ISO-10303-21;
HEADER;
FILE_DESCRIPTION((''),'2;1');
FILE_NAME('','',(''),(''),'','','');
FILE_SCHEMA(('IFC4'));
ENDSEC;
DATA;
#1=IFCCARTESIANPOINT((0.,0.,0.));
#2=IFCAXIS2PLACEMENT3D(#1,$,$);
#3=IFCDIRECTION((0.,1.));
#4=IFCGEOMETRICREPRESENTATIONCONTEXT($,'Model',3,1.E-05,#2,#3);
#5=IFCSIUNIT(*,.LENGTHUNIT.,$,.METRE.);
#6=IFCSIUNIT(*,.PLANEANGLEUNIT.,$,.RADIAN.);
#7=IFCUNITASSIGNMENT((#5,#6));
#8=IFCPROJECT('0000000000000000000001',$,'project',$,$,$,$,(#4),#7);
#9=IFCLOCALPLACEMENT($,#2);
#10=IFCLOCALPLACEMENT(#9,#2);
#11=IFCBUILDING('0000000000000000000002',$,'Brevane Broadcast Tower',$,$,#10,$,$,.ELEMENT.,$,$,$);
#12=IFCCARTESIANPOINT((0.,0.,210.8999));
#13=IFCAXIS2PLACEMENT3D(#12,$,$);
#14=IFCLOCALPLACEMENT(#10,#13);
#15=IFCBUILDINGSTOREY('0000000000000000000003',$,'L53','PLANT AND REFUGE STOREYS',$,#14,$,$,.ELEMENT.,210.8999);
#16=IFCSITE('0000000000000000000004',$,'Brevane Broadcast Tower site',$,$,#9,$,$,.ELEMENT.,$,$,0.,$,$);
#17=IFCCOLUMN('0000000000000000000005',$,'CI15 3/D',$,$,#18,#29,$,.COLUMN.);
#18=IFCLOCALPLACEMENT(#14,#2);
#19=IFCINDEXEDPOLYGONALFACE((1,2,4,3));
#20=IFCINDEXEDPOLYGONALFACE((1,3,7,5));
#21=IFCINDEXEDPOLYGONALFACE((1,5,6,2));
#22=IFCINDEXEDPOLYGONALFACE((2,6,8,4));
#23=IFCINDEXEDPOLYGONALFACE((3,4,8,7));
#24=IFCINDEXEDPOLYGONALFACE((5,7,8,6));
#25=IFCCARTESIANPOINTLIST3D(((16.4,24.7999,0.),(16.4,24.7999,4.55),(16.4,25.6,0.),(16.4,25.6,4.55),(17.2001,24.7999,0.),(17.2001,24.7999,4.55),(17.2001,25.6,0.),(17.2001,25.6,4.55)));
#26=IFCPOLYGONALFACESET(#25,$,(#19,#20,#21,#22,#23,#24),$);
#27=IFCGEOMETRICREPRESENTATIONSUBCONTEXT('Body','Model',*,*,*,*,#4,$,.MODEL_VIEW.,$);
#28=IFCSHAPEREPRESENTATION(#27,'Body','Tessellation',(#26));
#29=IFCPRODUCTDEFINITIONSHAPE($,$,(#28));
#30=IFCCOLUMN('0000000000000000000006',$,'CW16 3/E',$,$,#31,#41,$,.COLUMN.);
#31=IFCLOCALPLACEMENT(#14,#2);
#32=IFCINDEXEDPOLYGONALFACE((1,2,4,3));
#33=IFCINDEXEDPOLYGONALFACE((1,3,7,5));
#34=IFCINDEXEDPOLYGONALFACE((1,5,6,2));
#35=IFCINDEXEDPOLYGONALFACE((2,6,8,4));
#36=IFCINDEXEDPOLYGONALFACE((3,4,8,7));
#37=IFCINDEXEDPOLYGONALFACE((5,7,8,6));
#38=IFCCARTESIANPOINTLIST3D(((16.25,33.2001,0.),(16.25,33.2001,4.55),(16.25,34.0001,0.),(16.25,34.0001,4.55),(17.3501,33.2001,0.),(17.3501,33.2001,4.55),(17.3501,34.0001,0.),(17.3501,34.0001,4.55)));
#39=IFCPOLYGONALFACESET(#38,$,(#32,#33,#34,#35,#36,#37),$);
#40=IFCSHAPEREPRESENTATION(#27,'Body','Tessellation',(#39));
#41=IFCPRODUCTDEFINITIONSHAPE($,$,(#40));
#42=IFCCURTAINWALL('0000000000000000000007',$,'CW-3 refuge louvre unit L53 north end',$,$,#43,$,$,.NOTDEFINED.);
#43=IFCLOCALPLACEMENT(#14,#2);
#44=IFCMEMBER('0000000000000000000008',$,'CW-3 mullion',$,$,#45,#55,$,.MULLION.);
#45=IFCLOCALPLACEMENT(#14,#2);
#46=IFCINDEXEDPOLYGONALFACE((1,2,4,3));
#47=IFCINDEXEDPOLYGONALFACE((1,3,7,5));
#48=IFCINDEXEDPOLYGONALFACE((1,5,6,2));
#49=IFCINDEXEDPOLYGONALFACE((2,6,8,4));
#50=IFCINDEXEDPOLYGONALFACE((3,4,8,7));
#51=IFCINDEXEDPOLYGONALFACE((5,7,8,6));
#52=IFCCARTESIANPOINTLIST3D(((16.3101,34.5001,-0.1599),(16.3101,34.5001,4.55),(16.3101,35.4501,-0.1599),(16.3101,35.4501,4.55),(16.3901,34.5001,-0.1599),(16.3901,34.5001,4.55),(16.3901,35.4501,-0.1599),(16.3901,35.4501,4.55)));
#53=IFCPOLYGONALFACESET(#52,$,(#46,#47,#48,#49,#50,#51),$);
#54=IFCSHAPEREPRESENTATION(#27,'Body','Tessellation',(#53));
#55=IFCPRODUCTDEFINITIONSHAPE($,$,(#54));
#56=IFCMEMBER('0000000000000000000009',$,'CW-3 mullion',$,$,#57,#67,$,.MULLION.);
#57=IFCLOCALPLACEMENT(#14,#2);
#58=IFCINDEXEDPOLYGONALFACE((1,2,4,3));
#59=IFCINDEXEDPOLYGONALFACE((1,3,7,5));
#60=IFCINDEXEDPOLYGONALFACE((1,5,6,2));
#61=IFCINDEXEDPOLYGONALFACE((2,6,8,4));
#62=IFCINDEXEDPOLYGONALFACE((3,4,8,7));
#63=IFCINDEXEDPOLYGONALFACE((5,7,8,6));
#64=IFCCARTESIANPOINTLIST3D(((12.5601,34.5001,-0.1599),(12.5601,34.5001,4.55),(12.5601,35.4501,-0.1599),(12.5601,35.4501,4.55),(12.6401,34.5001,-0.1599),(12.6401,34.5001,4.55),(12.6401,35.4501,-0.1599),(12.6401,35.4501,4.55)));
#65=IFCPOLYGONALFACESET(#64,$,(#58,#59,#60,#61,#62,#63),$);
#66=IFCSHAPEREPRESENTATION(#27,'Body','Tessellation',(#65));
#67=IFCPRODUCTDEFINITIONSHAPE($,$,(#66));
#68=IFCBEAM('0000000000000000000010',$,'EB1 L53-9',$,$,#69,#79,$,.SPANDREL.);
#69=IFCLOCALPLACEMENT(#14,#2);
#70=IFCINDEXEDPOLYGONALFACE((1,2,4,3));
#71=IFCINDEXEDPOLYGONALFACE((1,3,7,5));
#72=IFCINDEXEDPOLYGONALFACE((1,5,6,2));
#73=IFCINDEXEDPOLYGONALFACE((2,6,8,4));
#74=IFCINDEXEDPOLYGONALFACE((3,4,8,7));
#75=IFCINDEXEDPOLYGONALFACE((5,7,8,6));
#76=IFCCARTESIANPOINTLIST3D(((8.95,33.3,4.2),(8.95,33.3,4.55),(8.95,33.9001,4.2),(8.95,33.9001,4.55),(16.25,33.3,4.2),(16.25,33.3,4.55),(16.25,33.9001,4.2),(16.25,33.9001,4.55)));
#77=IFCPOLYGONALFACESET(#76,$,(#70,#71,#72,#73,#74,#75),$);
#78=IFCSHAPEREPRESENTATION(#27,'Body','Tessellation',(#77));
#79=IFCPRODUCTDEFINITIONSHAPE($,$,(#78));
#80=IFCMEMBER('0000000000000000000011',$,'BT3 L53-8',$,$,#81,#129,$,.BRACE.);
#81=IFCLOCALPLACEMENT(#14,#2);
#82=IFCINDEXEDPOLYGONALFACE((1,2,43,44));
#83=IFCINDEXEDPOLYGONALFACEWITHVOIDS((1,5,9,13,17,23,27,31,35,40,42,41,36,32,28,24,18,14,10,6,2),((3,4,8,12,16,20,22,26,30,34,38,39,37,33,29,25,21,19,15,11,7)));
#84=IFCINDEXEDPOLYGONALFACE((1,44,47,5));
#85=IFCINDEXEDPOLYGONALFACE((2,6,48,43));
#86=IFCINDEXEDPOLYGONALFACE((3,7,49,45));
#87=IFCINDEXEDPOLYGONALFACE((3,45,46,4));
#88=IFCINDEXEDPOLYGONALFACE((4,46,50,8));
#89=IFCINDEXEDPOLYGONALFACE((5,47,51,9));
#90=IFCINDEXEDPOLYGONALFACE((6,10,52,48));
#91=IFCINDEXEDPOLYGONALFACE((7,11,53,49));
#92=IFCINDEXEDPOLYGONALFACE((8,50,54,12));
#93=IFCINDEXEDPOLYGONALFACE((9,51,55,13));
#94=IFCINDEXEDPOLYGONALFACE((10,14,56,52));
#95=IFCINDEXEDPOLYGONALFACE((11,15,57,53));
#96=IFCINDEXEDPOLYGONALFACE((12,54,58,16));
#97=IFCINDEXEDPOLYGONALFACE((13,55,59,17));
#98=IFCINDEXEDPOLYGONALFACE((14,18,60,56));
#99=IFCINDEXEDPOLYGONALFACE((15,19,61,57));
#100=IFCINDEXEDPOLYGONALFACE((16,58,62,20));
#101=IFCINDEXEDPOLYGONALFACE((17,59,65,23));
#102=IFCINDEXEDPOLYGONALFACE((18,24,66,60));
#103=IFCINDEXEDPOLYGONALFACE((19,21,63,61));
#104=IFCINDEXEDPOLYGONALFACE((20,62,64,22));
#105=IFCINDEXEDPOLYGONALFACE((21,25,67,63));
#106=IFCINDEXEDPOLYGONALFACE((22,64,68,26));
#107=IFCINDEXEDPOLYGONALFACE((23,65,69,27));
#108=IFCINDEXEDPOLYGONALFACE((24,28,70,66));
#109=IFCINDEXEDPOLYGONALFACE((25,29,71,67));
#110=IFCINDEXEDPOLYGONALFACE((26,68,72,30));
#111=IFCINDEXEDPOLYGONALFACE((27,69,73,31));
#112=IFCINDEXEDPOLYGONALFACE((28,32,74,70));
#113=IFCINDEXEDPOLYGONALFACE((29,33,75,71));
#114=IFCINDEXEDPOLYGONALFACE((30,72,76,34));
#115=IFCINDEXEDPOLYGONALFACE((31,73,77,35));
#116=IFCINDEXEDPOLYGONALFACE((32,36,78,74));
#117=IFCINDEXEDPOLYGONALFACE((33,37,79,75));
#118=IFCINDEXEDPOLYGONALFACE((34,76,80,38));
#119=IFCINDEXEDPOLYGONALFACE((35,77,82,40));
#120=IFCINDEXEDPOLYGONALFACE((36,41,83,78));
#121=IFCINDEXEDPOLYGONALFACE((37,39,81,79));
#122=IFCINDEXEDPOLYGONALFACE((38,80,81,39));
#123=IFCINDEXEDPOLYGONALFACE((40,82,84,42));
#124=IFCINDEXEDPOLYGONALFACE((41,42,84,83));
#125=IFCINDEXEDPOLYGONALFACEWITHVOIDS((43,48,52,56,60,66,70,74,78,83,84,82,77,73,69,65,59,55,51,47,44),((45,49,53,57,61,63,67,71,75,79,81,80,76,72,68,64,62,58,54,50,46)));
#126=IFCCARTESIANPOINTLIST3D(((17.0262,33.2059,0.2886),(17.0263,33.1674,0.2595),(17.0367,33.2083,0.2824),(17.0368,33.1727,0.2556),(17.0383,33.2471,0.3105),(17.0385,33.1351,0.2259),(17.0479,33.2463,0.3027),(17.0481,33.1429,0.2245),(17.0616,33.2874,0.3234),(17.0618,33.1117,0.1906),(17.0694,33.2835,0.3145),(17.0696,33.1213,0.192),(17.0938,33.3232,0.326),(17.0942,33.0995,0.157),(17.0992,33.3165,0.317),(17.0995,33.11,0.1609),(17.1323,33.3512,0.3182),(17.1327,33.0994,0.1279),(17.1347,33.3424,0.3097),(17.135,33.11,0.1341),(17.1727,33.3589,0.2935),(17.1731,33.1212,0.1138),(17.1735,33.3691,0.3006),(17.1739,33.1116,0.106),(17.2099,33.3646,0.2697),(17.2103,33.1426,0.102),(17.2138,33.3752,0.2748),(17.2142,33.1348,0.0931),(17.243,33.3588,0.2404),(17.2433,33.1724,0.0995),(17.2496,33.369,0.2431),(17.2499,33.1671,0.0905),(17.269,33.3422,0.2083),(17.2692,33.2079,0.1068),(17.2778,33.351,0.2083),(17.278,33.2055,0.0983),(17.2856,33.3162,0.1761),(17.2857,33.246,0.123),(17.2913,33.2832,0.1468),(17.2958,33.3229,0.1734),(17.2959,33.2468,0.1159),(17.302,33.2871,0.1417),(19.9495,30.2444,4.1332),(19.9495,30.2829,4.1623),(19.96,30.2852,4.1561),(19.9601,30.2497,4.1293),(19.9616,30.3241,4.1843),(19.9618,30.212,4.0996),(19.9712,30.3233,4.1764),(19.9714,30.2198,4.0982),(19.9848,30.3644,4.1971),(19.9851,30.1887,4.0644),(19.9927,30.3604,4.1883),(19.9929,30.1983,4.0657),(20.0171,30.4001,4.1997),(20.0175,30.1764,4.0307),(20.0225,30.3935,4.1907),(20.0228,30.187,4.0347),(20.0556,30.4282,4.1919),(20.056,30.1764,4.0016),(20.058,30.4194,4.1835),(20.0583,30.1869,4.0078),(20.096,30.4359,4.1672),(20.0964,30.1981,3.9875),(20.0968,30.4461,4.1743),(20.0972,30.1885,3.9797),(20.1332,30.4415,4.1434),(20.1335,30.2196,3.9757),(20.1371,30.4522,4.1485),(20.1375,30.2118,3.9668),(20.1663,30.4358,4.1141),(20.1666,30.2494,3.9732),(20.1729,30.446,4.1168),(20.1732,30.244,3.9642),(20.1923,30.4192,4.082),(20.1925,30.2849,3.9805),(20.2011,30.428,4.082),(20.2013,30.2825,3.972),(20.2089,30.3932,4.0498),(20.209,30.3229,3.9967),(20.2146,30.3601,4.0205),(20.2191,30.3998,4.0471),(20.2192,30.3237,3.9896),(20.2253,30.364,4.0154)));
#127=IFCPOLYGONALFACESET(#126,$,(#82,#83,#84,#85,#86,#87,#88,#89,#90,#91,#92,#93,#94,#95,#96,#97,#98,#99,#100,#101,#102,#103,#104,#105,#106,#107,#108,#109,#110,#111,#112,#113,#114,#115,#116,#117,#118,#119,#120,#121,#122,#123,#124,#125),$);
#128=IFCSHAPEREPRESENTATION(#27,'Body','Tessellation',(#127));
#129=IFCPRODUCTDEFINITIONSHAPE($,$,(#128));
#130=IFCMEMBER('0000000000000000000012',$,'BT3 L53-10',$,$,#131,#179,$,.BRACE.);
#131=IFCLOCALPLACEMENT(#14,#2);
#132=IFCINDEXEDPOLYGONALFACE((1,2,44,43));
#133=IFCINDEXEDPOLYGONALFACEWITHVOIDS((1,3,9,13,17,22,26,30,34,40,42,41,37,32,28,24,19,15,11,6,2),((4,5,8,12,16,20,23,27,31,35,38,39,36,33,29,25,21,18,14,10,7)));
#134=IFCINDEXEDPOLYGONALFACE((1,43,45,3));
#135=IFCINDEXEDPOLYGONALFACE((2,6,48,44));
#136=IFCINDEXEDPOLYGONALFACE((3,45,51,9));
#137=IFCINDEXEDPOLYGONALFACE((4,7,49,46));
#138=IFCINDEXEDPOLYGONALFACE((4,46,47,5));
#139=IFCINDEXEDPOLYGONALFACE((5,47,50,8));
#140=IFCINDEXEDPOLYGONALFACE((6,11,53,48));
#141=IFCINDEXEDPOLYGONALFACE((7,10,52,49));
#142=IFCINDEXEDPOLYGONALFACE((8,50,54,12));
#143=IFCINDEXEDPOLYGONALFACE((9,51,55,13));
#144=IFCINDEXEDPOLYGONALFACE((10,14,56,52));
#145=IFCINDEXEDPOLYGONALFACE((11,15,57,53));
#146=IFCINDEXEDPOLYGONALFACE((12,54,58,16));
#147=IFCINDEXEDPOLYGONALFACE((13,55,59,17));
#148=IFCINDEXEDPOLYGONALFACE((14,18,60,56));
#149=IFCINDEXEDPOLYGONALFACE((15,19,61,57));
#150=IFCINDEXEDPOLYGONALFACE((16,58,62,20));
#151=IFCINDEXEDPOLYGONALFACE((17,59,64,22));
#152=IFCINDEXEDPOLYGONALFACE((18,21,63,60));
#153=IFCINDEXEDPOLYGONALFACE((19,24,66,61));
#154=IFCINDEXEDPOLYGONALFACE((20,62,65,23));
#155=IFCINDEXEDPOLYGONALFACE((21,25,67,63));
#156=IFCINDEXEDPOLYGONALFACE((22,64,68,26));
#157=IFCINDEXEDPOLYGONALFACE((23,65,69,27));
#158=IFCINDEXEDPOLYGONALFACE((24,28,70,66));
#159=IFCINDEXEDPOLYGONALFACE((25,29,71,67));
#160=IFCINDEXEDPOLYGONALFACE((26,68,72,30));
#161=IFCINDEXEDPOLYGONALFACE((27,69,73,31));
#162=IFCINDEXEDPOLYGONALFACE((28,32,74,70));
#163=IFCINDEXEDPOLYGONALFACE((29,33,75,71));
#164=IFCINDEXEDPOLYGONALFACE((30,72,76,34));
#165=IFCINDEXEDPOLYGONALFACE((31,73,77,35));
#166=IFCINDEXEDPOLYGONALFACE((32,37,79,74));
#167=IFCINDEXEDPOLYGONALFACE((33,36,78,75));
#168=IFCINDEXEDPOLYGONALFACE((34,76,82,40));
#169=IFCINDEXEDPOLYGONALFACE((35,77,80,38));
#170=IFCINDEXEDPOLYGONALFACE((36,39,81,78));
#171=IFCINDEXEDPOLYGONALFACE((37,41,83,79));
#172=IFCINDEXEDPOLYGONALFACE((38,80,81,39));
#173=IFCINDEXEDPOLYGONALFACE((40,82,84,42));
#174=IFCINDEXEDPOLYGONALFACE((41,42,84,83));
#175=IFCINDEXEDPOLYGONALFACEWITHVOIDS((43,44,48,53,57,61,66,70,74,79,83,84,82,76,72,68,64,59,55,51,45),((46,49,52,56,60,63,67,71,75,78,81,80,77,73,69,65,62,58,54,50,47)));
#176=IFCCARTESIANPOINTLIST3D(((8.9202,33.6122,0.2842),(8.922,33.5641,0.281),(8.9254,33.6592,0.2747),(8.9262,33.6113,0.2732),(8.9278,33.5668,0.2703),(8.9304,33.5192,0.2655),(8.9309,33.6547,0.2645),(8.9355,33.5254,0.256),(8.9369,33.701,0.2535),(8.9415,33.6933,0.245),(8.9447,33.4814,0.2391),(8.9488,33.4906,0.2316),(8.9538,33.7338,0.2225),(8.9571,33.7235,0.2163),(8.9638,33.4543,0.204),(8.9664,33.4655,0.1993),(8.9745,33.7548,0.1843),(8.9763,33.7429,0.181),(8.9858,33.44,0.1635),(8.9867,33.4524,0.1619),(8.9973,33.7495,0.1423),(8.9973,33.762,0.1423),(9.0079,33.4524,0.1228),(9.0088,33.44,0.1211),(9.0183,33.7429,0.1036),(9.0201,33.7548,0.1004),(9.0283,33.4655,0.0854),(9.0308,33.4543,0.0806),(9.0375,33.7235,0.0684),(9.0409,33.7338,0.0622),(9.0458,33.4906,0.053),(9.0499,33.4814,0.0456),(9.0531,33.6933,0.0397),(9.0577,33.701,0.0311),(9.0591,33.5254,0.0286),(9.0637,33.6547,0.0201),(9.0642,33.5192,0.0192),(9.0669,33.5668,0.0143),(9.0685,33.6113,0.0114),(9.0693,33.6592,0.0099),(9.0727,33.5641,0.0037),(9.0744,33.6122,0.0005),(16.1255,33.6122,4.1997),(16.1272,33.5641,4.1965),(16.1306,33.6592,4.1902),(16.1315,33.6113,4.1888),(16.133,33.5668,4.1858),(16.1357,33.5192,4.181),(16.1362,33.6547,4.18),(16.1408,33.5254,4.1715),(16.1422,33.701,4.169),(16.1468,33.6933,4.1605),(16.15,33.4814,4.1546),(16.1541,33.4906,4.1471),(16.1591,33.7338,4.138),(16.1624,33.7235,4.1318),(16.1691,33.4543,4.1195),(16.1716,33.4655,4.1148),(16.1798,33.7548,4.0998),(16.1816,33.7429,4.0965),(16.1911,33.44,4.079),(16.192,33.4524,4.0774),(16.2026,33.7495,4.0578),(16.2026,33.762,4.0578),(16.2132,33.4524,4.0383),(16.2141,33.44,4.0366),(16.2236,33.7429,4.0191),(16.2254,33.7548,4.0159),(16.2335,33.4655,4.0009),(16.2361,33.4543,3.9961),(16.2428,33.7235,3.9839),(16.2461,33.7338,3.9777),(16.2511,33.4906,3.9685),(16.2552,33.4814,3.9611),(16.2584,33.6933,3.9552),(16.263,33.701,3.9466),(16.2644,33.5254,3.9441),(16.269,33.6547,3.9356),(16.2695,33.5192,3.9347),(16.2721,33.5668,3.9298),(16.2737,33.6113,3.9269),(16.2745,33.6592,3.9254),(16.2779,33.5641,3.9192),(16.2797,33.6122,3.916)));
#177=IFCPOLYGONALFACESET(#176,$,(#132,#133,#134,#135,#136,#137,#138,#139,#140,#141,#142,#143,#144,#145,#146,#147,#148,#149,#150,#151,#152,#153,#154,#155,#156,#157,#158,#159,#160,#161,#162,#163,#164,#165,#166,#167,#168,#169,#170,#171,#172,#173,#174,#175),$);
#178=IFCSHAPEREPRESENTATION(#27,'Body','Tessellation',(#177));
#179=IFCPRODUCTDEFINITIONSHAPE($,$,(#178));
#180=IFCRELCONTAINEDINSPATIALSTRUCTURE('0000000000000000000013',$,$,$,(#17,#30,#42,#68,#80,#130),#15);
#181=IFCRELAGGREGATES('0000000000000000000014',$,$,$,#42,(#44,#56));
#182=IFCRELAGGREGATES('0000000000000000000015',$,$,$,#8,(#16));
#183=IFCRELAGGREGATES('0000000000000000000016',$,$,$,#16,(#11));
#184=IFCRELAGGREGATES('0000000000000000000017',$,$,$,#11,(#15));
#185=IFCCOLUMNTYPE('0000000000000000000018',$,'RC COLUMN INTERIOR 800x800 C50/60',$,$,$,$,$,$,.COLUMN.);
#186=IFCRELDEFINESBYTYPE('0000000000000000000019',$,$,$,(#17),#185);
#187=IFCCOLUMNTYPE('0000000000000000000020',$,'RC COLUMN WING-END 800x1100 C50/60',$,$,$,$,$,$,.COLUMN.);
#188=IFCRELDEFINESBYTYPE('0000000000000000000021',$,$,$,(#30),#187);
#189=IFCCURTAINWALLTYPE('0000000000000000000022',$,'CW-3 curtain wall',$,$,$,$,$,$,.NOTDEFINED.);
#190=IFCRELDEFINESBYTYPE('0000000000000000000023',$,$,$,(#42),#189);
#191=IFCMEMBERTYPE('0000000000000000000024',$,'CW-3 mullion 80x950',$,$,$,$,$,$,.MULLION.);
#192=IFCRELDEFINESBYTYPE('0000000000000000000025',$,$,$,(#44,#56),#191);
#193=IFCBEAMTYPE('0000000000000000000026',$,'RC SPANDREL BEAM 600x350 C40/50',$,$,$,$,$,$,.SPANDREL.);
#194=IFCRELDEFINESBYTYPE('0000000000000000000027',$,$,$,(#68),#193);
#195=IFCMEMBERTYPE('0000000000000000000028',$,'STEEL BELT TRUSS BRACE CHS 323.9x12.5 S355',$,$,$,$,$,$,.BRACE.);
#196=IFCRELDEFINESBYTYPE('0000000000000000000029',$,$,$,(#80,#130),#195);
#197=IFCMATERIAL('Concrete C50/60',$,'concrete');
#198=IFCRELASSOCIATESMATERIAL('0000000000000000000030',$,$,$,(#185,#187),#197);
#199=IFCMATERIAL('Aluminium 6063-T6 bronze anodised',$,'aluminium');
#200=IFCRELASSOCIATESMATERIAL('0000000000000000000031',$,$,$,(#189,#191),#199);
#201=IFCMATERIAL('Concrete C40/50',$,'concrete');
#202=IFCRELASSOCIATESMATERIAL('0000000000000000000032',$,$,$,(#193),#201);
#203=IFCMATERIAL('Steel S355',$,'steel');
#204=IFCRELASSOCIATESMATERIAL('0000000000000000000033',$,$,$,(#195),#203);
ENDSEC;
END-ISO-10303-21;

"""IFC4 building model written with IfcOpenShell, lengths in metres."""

from ifc_helpers import new_model, si_unit, direction, frame, origin, origin_2d, place, context, subcontext, project, spatial, rectangle, hollow_circle, extrude, material, material_profile, profile_set, type_object, element, aggregate, save


model = new_model("IFC4")

# Units and contexts
model_context = context("Model", 3, precision=1e-05, world=origin(), true_north=direction((0.0, 1.0)))
body_context = subcontext(model_context, "Body", "Model", "MODEL_VIEW")
ifc_project = project(units=[si_unit("LENGTHUNIT", "METRE"), si_unit("PLANEANGLEUNIT", "RADIAN")], contexts=[model_context])

# Site, building, storey
site_placement = place(None, origin())
site = spatial("IfcSite", under=ifc_project, at=site_placement, Name="Brevane Broadcast Tower site", CompositionType="ELEMENT", RefElevation=0.0)
building_placement = place(site_placement, origin())
building = spatial("IfcBuilding", under=site, at=building_placement, Name="Brevane Broadcast Tower", CompositionType="ELEMENT")
storey_placement = place(building_placement, frame((0.0, 0.0, 210.8999)))
storey = spatial("IfcBuildingStorey", under=building, at=storey_placement, Name="L53", Description="PLANT AND REFUGE STOREYS", CompositionType="ELEMENT", Elevation=210.8999)

# Columns
ifc_material_1 = material(Name="Concrete C50/60", Category="concrete")
ifc_material_profile_1 = material_profile(ifc_material_1, rectangle(XDim=0.8, YDim=0.8, at=origin_2d()), Name="RC 800x800")
ifc_profile_set_1 = profile_set([ifc_material_profile_1], Name="Concrete C50/60")
column_type_1 = type_object("IfcColumnType", Name="RC COLUMN INTERIOR 800x800 C50/60", PredefinedType="COLUMN", material=ifc_profile_set_1)
column_1_placement = place(storey_placement, frame((16.8, 25.2, 0.0), z_axis=(0.0, 0.0, 1.0), x_axis=(1.0, 0.0, 0.0)))
element("IfcColumn", 1, at=column_1_placement, inside=storey, type_object=column_type_1, Name="CI15 3/D", PredefinedType="COLUMN", context=body_context, shape_type="SweptSolid", body=[
    extrude(rectangle(XDim=0.8, YDim=0.8, at=origin_2d()), origin(), (0.0, 0.0, 1.0), 4.55),
])
ifc_material_profile_2 = material_profile(ifc_material_1, rectangle(XDim=0.8, YDim=1.1001, at=origin_2d()), Name="RC 800x1100")
ifc_profile_set_2 = profile_set([ifc_material_profile_2], Name="Concrete C50/60")
column_type_2 = type_object("IfcColumnType", Name="RC COLUMN WING-END 800x1100 C50/60", PredefinedType="COLUMN", material=ifc_profile_set_2)
column_2_placement = place(storey_placement, frame((16.8, 33.6001, 0.0), z_axis=(0.0, 0.0, 1.0), x_axis=(0.0, 1.0, 0.0)))
element("IfcColumn", 2, at=column_2_placement, inside=storey, type_object=column_type_2, Name="CW16 3/E", PredefinedType="COLUMN", context=body_context, shape_type="SweptSolid", body=[
    extrude(rectangle(XDim=0.8, YDim=1.1001, at=origin_2d()), origin(), (0.0, 0.0, 1.0), 4.55),
])

# Curtain wall, members
ifc_material_2 = material(Name="Aluminium 6063-T6 bronze anodised", Category="aluminium")
curtain_wall_type = type_object("IfcCurtainWallType", Name="CW-3 curtain wall", PredefinedType="NOTDEFINED", material=ifc_material_2)
curtain_wall_placement = place(storey_placement, origin())
curtain_wall = element("IfcCurtainWall", 3, at=curtain_wall_placement, inside=storey, type_object=curtain_wall_type, Name="CW-3 refuge louvre unit L53 north end", PredefinedType="NOTDEFINED")
ifc_material_profile_3 = material_profile(ifc_material_2, rectangle(XDim=0.95, YDim=0.0801, at=origin_2d()), Name="RECT 80x950")
ifc_profile_set_3 = profile_set([ifc_material_profile_3], Name="Aluminium 6063-T6 bronze anodised")
member_type_1 = type_object("IfcMemberType", Name="CW-3 mullion 80x950", PredefinedType="MULLION", material=ifc_profile_set_3)
member_1_placement = place(storey_placement, frame((16.3501, 34.9751, -0.1599), z_axis=(0.0, 0.0, 1.0), x_axis=(0.0, -1.0, 0.0)))
member_1 = element("IfcMember", 4, at=member_1_placement, type_object=member_type_1, Name="CW-3 mullion", PredefinedType="MULLION", context=body_context, shape_type="SweptSolid", body=[
    extrude(rectangle(XDim=0.95, YDim=0.0801, at=origin_2d()), origin(), (0.0, 0.0, 1.0), 4.71),
])
member_2_placement = place(storey_placement, frame((12.6001, 34.9751, -0.1599), z_axis=(0.0, 0.0, 1.0), x_axis=(0.0, -1.0, 0.0)))
member_2 = element("IfcMember", 5, at=member_2_placement, type_object=member_type_1, Name="CW-3 mullion", PredefinedType="MULLION", context=body_context, shape_type="SweptSolid", body=[
    extrude(rectangle(XDim=0.95, YDim=0.0801, at=origin_2d()), origin(), (0.0, 0.0, 1.0), 4.71),
])
aggregate(curtain_wall, [member_1, member_2])

# Beam
ifc_material_3 = material(Name="Concrete C40/50", Category="concrete")
ifc_material_profile_4 = material_profile(ifc_material_3, rectangle(XDim=0.6001, YDim=0.3501, at=origin_2d()), Name="RC 600x350")
ifc_profile_set_4 = profile_set([ifc_material_profile_4], Name="Concrete C40/50")
beam_type = type_object("IfcBeamType", Name="RC SPANDREL BEAM 600x350 C40/50", PredefinedType="SPANDREL", material=ifc_profile_set_4)
beam_placement = place(storey_placement, frame((16.25, 33.6001, 4.375), z_axis=(-1.0, 0.0, 0.0), x_axis=(0.0, -1.0, 0.0)))
element("IfcBeam", 6, at=beam_placement, inside=storey, type_object=beam_type, Name="EB1 L53-9", PredefinedType="SPANDREL", context=body_context, shape_type="SweptSolid", body=[
    extrude(rectangle(XDim=0.6001, YDim=0.3501, at=origin_2d()), origin(), (0.0, 0.0, 1.0), 7.3),
])

# Members
ifc_material_4 = material(Name="Steel S355", Category="steel")
ifc_material_profile_5 = material_profile(ifc_material_4, hollow_circle(Radius=0.1619, WallThickness=0.0125, at=origin_2d()), Name="CHS 323.9x12.5")
ifc_profile_set_5 = profile_set([ifc_material_profile_5], Name="Steel S355")
member_type_2 = type_object("IfcMemberType", Name="STEEL BELT TRUSS BRACE CHS 323.9x12.5 S355", PredefinedType="BRACE", material=ifc_profile_set_5)
member_3_placement = place(storey_placement, frame((17.1633, 33.2366, 0.2083), z_axis=(0.516, -0.515957, 0.683763), x_axis=(0.707077, 0.707136, 0.0)))
element("IfcMember", 7, at=member_3_placement, inside=storey, type_object=member_type_2, Name="BT3 L53-8", PredefinedType="BRACE", context=body_context, shape_type="SweptSolid", body=[
    extrude(hollow_circle(Radius=0.1619, WallThickness=0.0125, at=origin_2d()), origin(), (0.0, 0.0, 1.0), 5.6653),
])
member_4_placement = place(storey_placement, frame((8.9973, 33.6001, 0.1423), z_axis=(0.878645, 0.0, 0.477475), x_axis=(0.0, 1.0, 0.0)))
element("IfcMember", 8, at=member_4_placement, inside=storey, type_object=member_type_2, Name="BT3 L53-10", PredefinedType="BRACE", context=body_context, shape_type="SweptSolid", body=[
    extrude(hollow_circle(Radius=0.1619, WallThickness=0.0125, at=origin_2d()), origin(), (0.0, 0.0, 1.0), 8.2004),
])

save(model, "model.ifc")
